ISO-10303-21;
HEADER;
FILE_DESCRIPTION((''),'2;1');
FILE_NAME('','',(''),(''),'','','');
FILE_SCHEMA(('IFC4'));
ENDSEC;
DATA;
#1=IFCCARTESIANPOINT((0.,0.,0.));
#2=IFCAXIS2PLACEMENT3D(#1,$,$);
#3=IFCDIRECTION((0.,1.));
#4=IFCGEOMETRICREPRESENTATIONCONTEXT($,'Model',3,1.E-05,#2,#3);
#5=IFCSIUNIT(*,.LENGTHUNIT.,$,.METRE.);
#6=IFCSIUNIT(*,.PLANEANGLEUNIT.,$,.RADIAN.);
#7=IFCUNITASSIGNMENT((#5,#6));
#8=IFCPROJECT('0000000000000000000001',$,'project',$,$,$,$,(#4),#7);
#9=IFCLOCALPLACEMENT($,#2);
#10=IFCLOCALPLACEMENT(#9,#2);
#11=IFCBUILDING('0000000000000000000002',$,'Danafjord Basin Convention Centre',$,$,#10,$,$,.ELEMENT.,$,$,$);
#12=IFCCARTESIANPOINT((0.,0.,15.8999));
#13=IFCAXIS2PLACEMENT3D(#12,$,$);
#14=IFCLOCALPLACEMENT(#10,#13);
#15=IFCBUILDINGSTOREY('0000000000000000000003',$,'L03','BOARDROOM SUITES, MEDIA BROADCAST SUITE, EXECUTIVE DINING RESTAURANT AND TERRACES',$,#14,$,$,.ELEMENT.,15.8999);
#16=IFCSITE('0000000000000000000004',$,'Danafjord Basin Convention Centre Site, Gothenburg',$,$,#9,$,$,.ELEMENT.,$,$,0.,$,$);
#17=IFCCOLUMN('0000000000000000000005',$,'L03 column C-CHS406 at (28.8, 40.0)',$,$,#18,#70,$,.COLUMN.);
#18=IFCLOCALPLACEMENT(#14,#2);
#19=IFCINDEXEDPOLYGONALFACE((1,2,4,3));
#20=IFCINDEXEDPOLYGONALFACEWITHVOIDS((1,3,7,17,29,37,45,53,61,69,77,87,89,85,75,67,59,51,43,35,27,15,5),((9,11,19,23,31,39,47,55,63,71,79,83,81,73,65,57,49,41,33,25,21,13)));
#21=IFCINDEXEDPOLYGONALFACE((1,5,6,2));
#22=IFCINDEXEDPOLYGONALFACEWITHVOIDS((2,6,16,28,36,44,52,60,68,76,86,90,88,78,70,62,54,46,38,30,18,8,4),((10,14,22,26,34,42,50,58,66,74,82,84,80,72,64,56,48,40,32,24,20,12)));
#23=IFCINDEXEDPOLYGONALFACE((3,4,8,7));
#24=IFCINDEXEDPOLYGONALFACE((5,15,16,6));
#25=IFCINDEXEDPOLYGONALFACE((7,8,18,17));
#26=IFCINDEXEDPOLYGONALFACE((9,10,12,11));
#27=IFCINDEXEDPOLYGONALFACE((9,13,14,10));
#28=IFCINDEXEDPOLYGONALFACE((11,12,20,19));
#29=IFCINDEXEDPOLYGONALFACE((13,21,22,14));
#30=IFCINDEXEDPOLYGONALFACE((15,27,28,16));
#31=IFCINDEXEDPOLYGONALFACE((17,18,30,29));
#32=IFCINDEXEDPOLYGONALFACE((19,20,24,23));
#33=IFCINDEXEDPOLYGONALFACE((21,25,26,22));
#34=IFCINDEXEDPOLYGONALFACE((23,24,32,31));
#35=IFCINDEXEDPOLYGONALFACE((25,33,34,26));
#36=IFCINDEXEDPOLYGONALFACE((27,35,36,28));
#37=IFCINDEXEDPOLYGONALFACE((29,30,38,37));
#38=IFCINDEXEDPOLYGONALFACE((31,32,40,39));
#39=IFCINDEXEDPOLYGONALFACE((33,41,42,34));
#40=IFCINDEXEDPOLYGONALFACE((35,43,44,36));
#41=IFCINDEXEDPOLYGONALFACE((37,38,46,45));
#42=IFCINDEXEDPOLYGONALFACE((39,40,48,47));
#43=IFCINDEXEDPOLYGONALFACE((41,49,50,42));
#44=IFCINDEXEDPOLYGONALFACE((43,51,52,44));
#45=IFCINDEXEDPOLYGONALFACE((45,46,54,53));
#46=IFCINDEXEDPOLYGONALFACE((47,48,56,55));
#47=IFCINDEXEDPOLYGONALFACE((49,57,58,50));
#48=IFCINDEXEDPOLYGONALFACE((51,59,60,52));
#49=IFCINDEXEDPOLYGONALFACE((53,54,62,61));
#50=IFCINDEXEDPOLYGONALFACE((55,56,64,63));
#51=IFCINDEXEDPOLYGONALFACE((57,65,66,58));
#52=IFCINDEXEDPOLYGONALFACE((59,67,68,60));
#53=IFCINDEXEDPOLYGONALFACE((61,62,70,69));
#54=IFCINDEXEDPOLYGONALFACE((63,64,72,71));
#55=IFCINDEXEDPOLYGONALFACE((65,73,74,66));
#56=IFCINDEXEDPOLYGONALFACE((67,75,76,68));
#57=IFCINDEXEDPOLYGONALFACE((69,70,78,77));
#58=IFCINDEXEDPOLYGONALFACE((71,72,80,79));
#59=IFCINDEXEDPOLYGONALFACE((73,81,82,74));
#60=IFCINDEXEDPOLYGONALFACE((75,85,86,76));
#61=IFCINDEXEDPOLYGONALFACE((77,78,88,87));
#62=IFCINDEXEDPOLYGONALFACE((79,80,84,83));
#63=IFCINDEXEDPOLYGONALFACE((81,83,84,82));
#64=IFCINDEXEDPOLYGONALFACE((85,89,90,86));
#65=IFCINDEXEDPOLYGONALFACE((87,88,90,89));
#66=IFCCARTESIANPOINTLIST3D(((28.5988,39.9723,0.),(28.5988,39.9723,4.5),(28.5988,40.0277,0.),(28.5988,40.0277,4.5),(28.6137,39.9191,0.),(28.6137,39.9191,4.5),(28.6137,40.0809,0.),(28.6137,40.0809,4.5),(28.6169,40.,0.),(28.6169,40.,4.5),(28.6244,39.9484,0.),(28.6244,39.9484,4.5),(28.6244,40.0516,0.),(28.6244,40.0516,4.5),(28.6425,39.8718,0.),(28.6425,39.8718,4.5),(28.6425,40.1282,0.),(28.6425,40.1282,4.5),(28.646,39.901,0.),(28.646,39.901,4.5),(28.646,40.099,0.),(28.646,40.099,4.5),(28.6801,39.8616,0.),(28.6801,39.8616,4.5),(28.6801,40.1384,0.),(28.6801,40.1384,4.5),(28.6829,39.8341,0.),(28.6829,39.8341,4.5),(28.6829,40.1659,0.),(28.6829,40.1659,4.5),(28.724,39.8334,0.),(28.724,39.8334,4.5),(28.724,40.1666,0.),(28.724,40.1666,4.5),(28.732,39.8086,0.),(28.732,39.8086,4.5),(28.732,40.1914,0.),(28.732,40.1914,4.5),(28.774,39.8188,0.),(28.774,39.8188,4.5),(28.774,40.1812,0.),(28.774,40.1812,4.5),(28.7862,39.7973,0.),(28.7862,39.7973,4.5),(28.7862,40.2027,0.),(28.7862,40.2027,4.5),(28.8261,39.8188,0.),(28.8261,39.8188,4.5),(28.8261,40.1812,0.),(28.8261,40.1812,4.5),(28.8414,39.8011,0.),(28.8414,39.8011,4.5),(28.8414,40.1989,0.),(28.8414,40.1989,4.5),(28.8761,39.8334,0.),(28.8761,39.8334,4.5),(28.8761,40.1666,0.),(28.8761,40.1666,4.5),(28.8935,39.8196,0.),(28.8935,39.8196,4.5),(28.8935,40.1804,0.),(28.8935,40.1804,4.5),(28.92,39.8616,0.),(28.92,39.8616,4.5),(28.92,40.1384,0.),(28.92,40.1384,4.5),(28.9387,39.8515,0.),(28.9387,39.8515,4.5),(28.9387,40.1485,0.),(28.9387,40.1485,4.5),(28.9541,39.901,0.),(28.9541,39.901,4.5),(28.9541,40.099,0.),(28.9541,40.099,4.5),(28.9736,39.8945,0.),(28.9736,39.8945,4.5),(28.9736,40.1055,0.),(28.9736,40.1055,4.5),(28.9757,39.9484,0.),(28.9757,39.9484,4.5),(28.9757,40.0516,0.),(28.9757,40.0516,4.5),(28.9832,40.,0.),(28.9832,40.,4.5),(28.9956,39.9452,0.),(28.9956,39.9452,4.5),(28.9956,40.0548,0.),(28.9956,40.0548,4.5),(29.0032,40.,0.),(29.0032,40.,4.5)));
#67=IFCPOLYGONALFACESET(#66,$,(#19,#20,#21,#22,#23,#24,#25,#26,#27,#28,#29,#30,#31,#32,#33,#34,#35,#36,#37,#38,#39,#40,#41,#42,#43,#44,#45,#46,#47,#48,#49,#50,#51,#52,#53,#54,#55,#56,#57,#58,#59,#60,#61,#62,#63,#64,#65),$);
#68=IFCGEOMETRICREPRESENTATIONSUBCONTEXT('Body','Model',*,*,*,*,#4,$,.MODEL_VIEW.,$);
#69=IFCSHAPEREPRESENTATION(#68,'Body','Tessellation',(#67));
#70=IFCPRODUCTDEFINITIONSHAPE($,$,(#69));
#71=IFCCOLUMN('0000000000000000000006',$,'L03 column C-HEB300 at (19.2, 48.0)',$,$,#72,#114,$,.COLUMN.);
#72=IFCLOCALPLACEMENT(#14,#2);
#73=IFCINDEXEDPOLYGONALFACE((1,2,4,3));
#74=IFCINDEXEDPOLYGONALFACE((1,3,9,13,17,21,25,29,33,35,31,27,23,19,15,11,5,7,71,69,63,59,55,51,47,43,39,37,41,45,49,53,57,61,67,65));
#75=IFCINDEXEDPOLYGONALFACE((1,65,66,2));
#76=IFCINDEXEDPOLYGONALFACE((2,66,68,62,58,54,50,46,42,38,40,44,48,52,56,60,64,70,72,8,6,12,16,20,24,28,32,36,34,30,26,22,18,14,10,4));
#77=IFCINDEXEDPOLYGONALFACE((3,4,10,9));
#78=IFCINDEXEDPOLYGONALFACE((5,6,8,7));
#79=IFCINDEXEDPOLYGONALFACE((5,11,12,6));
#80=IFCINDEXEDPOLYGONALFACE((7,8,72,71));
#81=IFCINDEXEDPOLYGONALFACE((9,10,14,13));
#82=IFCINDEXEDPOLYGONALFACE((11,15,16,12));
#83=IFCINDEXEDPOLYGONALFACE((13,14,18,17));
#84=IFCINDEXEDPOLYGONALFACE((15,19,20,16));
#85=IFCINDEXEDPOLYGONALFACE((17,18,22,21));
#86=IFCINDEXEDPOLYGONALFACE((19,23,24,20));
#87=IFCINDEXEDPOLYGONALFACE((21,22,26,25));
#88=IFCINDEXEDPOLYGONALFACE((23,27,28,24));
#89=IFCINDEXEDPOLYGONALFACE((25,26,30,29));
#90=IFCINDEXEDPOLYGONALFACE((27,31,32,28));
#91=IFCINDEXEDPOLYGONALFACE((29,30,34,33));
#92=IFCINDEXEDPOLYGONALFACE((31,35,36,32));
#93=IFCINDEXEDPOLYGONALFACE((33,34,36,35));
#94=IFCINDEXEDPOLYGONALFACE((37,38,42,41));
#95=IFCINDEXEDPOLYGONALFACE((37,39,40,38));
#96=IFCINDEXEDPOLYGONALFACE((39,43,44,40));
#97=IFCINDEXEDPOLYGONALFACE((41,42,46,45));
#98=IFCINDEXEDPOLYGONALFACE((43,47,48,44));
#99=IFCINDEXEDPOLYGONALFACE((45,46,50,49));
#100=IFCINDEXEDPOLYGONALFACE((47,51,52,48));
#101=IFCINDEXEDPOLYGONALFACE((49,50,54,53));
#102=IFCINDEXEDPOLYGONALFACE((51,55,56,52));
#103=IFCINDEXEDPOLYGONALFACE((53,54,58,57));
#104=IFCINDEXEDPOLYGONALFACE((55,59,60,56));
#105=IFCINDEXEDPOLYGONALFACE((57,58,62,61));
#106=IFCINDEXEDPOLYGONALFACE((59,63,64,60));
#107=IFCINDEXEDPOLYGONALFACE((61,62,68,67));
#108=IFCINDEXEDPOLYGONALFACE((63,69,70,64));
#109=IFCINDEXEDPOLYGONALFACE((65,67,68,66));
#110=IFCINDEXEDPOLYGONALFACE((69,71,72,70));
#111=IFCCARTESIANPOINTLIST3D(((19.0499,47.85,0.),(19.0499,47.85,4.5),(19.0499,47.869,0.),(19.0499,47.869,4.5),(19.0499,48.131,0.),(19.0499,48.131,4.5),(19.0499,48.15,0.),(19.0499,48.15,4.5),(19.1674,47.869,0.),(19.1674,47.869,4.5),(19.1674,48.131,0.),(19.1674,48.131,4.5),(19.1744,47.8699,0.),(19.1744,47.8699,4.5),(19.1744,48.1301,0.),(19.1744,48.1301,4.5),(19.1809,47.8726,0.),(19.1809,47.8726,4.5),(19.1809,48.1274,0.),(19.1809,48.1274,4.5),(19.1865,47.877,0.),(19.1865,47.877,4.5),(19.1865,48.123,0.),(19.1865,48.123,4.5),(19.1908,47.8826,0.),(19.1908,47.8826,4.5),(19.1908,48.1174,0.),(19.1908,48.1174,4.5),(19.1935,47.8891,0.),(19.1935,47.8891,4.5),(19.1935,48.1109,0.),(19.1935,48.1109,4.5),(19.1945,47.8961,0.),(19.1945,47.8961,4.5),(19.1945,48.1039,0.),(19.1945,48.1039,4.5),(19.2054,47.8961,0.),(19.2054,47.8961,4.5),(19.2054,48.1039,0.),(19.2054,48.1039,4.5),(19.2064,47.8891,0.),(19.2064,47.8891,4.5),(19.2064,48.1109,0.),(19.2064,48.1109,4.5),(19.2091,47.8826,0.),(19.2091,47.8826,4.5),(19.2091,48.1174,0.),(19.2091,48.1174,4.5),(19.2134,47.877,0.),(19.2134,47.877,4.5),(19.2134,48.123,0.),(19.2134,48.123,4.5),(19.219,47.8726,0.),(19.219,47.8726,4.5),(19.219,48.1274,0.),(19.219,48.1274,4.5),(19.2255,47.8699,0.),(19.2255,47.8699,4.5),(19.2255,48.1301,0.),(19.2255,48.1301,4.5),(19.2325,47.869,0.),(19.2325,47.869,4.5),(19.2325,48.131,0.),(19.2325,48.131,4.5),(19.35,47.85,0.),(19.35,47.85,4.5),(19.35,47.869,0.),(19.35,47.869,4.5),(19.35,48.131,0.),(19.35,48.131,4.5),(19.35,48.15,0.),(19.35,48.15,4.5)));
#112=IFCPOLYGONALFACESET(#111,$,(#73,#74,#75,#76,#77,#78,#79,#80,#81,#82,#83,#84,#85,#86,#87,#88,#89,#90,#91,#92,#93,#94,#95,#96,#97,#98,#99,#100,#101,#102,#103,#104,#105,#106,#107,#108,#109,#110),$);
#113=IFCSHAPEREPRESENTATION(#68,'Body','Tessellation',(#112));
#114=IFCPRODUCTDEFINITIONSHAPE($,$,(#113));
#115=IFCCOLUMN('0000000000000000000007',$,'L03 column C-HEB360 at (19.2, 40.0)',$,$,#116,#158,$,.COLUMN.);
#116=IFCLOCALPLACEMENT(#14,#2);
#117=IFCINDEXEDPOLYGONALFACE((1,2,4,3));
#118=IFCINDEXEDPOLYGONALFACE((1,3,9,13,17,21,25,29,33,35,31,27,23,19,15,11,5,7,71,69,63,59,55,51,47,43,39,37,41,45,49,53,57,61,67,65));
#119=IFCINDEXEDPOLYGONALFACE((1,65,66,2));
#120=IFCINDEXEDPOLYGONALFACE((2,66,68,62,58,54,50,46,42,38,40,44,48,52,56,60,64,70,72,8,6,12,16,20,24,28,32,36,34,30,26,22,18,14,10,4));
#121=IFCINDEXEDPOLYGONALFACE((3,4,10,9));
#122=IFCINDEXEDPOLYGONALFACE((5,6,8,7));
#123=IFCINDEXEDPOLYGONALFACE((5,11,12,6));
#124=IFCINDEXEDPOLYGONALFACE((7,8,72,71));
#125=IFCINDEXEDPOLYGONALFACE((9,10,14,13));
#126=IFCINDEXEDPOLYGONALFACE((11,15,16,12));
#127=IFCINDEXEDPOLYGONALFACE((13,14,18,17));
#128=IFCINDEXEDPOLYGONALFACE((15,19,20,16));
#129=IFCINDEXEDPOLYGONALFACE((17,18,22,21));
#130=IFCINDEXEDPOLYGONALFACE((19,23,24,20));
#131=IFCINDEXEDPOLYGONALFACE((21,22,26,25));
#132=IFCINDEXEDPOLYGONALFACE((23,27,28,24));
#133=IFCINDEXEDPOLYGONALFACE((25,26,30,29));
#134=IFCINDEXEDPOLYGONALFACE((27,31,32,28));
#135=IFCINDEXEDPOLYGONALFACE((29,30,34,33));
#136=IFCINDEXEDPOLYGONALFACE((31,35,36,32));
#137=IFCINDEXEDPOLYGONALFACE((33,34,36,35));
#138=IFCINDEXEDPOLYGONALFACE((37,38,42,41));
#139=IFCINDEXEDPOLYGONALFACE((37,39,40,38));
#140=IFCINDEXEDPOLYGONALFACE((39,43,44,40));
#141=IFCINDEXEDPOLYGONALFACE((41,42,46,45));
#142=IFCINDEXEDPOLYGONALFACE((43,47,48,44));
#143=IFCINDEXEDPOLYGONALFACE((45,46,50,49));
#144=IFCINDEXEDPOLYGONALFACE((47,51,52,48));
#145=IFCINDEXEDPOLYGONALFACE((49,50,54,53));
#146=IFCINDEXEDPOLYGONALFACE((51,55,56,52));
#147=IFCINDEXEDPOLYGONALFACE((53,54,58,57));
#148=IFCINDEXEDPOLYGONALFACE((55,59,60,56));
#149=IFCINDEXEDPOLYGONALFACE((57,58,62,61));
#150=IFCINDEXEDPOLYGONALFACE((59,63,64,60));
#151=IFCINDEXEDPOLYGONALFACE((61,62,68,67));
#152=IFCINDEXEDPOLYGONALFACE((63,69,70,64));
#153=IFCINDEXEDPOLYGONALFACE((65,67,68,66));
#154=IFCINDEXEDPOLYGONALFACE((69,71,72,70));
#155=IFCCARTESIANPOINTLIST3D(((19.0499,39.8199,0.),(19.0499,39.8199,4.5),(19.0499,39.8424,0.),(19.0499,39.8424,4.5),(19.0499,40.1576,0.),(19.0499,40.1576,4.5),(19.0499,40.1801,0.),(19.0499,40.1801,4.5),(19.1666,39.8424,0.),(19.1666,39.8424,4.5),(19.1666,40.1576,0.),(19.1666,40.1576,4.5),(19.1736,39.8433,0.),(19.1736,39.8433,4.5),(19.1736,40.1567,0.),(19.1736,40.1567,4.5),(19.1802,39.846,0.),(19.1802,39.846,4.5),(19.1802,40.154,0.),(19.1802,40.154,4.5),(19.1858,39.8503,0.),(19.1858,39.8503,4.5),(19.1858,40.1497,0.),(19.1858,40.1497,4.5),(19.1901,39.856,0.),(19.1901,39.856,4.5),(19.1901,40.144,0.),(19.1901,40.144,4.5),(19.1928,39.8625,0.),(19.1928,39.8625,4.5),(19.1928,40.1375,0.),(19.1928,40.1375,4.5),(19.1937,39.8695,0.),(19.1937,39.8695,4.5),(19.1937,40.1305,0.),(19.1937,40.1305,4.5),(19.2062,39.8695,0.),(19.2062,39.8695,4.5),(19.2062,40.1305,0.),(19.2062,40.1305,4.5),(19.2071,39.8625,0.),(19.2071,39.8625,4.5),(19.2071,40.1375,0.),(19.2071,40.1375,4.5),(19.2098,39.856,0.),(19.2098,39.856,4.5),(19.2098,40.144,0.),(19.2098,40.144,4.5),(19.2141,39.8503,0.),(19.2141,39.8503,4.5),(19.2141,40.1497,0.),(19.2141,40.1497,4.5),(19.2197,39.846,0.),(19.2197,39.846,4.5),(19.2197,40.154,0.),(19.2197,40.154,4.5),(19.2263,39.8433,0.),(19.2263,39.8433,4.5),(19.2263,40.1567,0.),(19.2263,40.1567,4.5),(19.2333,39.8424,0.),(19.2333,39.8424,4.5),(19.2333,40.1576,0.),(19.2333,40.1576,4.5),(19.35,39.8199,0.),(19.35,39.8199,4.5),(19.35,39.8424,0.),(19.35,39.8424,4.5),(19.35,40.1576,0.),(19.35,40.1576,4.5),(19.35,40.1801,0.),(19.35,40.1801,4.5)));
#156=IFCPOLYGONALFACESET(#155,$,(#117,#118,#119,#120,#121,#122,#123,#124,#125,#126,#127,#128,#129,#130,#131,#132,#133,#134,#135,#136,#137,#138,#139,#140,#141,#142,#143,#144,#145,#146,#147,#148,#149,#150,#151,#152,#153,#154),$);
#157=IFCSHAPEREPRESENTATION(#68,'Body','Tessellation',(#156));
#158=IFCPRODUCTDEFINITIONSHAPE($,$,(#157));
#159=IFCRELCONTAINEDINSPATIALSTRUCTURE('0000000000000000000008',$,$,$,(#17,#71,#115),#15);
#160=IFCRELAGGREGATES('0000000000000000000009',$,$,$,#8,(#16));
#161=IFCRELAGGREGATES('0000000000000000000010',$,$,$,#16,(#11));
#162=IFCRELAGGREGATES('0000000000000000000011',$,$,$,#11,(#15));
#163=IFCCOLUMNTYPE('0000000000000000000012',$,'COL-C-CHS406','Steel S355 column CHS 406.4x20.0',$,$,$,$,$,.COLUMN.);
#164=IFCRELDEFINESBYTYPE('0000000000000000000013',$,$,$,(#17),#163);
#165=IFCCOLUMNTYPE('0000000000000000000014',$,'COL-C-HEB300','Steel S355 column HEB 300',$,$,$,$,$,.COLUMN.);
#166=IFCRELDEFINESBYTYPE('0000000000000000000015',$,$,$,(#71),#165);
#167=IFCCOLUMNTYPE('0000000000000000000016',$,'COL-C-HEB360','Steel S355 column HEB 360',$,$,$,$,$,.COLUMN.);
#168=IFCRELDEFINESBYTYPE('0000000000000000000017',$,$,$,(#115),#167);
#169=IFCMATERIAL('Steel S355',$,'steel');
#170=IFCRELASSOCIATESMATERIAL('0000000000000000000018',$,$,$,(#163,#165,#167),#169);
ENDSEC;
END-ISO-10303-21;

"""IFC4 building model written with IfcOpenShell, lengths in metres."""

from ifc_helpers import new_model, si_unit, direction, frame, origin, origin_2d, place, context, subcontext, project, spatial, hollow_circle, i_section, extrude, material, material_profile, profile_set, type_object, element, save


model = new_model("IFC4")

# Units and contexts
model_context = context("Model", 3, precision=1e-05, world=origin(), true_north=direction((0.0, 1.0)))
body_context = subcontext(model_context, "Body", "Model", "MODEL_VIEW")
ifc_project = project(units=[si_unit("LENGTHUNIT", "METRE"), si_unit("PLANEANGLEUNIT", "RADIAN")], contexts=[model_context])

# Site, building, storey
site_placement = place(None, origin())
site = spatial("IfcSite", under=ifc_project, at=site_placement, Name="Danafjord Basin Convention Centre Site, Gothenburg", CompositionType="ELEMENT", RefElevation=0.0)
building_placement = place(site_placement, origin())
building = spatial("IfcBuilding", under=site, at=building_placement, Name="Danafjord Basin Convention Centre", CompositionType="ELEMENT")
storey_placement = place(building_placement, frame((0.0, 0.0, 15.8999)))
storey = spatial("IfcBuildingStorey", under=building, at=storey_placement, Name="L03", Description="BOARDROOM SUITES, MEDIA BROADCAST SUITE, EXECUTIVE DINING RESTAURANT AND TERRACES", CompositionType="ELEMENT", Elevation=15.8999)

# Columns
ifc_material_1 = material(Name="Steel S355", Category="steel")
ifc_material_profile_1 = material_profile(ifc_material_1, hollow_circle(Radius=0.2031, WallThickness=0.02, at=origin_2d()), Name="CHS 406.4x20.0")
ifc_profile_set_1 = profile_set([ifc_material_profile_1], Name="Steel S355")
column_type_1 = type_object("IfcColumnType", Name="COL-C-CHS406", Description="Steel S355 column CHS 406.4x20.0", PredefinedType="COLUMN", material=ifc_profile_set_1)
column_1_placement = place(storey_placement, frame((28.8, 40.0, 0.0), z_axis=(0.0, 0.0, 1.0), x_axis=(1.0, 0.0, 0.0)))
element("IfcColumn", 1, at=column_1_placement, inside=storey, type_object=column_type_1, Name="L03 column C-CHS406 at (28.8, 40.0)", PredefinedType="COLUMN", context=body_context, shape_type="SweptSolid", body=[
    extrude(hollow_circle(Radius=0.2031, WallThickness=0.02, at=origin_2d()), origin(), (0.0, 0.0, 1.0), 4.5),
])
ifc_material_profile_2 = material_profile(ifc_material_1, i_section(OverallWidth=0.3, OverallDepth=0.3, WebThickness=0.011, FlangeThickness=0.019, FilletRadius=0.0271, at=origin_2d()), Name="HEB 300")
ifc_profile_set_2 = profile_set([ifc_material_profile_2], Name="Steel S355")
column_type_2 = type_object("IfcColumnType", Name="COL-C-HEB300", Description="Steel S355 column HEB 300", PredefinedType="COLUMN", material=ifc_profile_set_2)
column_2_placement = place(storey_placement, frame((19.2, 48.0, 0.0), z_axis=(0.0, 0.0, 1.0), x_axis=(1.0, 0.0, 0.0)))
element("IfcColumn", 2, at=column_2_placement, inside=storey, type_object=column_type_2, Name="L03 column C-HEB300 at (19.2, 48.0)", PredefinedType="COLUMN", context=body_context, shape_type="SweptSolid", body=[
    extrude(i_section(OverallWidth=0.3, OverallDepth=0.3, WebThickness=0.011, FlangeThickness=0.019, FilletRadius=0.0271, at=origin_2d()), origin(), (0.0, 0.0, 1.0), 4.5),
])
ifc_material_profile_3 = material_profile(ifc_material_1, i_section(OverallWidth=0.3, OverallDepth=0.3601, WebThickness=0.0125, FlangeThickness=0.0225, FilletRadius=0.0271, at=origin_2d()), Name="HEB 360")
ifc_profile_set_3 = profile_set([ifc_material_profile_3], Name="Steel S355")
column_type_3 = type_object("IfcColumnType", Name="COL-C-HEB360", Description="Steel S355 column HEB 360", PredefinedType="COLUMN", material=ifc_profile_set_3)
column_3_placement = place(storey_placement, frame((19.2, 40.0, 0.0), z_axis=(0.0, 0.0, 1.0), x_axis=(1.0, 0.0, 0.0)))
element("IfcColumn", 3, at=column_3_placement, inside=storey, type_object=column_type_3, Name="L03 column C-HEB360 at (19.2, 40.0)", PredefinedType="COLUMN", context=body_context, shape_type="SweptSolid", body=[
    extrude(i_section(OverallWidth=0.3, OverallDepth=0.3601, WebThickness=0.0125, FlangeThickness=0.0225, FilletRadius=0.0271, at=origin_2d()), origin(), (0.0, 0.0, 1.0), 4.5),
])

save(model, "model.ifc")
